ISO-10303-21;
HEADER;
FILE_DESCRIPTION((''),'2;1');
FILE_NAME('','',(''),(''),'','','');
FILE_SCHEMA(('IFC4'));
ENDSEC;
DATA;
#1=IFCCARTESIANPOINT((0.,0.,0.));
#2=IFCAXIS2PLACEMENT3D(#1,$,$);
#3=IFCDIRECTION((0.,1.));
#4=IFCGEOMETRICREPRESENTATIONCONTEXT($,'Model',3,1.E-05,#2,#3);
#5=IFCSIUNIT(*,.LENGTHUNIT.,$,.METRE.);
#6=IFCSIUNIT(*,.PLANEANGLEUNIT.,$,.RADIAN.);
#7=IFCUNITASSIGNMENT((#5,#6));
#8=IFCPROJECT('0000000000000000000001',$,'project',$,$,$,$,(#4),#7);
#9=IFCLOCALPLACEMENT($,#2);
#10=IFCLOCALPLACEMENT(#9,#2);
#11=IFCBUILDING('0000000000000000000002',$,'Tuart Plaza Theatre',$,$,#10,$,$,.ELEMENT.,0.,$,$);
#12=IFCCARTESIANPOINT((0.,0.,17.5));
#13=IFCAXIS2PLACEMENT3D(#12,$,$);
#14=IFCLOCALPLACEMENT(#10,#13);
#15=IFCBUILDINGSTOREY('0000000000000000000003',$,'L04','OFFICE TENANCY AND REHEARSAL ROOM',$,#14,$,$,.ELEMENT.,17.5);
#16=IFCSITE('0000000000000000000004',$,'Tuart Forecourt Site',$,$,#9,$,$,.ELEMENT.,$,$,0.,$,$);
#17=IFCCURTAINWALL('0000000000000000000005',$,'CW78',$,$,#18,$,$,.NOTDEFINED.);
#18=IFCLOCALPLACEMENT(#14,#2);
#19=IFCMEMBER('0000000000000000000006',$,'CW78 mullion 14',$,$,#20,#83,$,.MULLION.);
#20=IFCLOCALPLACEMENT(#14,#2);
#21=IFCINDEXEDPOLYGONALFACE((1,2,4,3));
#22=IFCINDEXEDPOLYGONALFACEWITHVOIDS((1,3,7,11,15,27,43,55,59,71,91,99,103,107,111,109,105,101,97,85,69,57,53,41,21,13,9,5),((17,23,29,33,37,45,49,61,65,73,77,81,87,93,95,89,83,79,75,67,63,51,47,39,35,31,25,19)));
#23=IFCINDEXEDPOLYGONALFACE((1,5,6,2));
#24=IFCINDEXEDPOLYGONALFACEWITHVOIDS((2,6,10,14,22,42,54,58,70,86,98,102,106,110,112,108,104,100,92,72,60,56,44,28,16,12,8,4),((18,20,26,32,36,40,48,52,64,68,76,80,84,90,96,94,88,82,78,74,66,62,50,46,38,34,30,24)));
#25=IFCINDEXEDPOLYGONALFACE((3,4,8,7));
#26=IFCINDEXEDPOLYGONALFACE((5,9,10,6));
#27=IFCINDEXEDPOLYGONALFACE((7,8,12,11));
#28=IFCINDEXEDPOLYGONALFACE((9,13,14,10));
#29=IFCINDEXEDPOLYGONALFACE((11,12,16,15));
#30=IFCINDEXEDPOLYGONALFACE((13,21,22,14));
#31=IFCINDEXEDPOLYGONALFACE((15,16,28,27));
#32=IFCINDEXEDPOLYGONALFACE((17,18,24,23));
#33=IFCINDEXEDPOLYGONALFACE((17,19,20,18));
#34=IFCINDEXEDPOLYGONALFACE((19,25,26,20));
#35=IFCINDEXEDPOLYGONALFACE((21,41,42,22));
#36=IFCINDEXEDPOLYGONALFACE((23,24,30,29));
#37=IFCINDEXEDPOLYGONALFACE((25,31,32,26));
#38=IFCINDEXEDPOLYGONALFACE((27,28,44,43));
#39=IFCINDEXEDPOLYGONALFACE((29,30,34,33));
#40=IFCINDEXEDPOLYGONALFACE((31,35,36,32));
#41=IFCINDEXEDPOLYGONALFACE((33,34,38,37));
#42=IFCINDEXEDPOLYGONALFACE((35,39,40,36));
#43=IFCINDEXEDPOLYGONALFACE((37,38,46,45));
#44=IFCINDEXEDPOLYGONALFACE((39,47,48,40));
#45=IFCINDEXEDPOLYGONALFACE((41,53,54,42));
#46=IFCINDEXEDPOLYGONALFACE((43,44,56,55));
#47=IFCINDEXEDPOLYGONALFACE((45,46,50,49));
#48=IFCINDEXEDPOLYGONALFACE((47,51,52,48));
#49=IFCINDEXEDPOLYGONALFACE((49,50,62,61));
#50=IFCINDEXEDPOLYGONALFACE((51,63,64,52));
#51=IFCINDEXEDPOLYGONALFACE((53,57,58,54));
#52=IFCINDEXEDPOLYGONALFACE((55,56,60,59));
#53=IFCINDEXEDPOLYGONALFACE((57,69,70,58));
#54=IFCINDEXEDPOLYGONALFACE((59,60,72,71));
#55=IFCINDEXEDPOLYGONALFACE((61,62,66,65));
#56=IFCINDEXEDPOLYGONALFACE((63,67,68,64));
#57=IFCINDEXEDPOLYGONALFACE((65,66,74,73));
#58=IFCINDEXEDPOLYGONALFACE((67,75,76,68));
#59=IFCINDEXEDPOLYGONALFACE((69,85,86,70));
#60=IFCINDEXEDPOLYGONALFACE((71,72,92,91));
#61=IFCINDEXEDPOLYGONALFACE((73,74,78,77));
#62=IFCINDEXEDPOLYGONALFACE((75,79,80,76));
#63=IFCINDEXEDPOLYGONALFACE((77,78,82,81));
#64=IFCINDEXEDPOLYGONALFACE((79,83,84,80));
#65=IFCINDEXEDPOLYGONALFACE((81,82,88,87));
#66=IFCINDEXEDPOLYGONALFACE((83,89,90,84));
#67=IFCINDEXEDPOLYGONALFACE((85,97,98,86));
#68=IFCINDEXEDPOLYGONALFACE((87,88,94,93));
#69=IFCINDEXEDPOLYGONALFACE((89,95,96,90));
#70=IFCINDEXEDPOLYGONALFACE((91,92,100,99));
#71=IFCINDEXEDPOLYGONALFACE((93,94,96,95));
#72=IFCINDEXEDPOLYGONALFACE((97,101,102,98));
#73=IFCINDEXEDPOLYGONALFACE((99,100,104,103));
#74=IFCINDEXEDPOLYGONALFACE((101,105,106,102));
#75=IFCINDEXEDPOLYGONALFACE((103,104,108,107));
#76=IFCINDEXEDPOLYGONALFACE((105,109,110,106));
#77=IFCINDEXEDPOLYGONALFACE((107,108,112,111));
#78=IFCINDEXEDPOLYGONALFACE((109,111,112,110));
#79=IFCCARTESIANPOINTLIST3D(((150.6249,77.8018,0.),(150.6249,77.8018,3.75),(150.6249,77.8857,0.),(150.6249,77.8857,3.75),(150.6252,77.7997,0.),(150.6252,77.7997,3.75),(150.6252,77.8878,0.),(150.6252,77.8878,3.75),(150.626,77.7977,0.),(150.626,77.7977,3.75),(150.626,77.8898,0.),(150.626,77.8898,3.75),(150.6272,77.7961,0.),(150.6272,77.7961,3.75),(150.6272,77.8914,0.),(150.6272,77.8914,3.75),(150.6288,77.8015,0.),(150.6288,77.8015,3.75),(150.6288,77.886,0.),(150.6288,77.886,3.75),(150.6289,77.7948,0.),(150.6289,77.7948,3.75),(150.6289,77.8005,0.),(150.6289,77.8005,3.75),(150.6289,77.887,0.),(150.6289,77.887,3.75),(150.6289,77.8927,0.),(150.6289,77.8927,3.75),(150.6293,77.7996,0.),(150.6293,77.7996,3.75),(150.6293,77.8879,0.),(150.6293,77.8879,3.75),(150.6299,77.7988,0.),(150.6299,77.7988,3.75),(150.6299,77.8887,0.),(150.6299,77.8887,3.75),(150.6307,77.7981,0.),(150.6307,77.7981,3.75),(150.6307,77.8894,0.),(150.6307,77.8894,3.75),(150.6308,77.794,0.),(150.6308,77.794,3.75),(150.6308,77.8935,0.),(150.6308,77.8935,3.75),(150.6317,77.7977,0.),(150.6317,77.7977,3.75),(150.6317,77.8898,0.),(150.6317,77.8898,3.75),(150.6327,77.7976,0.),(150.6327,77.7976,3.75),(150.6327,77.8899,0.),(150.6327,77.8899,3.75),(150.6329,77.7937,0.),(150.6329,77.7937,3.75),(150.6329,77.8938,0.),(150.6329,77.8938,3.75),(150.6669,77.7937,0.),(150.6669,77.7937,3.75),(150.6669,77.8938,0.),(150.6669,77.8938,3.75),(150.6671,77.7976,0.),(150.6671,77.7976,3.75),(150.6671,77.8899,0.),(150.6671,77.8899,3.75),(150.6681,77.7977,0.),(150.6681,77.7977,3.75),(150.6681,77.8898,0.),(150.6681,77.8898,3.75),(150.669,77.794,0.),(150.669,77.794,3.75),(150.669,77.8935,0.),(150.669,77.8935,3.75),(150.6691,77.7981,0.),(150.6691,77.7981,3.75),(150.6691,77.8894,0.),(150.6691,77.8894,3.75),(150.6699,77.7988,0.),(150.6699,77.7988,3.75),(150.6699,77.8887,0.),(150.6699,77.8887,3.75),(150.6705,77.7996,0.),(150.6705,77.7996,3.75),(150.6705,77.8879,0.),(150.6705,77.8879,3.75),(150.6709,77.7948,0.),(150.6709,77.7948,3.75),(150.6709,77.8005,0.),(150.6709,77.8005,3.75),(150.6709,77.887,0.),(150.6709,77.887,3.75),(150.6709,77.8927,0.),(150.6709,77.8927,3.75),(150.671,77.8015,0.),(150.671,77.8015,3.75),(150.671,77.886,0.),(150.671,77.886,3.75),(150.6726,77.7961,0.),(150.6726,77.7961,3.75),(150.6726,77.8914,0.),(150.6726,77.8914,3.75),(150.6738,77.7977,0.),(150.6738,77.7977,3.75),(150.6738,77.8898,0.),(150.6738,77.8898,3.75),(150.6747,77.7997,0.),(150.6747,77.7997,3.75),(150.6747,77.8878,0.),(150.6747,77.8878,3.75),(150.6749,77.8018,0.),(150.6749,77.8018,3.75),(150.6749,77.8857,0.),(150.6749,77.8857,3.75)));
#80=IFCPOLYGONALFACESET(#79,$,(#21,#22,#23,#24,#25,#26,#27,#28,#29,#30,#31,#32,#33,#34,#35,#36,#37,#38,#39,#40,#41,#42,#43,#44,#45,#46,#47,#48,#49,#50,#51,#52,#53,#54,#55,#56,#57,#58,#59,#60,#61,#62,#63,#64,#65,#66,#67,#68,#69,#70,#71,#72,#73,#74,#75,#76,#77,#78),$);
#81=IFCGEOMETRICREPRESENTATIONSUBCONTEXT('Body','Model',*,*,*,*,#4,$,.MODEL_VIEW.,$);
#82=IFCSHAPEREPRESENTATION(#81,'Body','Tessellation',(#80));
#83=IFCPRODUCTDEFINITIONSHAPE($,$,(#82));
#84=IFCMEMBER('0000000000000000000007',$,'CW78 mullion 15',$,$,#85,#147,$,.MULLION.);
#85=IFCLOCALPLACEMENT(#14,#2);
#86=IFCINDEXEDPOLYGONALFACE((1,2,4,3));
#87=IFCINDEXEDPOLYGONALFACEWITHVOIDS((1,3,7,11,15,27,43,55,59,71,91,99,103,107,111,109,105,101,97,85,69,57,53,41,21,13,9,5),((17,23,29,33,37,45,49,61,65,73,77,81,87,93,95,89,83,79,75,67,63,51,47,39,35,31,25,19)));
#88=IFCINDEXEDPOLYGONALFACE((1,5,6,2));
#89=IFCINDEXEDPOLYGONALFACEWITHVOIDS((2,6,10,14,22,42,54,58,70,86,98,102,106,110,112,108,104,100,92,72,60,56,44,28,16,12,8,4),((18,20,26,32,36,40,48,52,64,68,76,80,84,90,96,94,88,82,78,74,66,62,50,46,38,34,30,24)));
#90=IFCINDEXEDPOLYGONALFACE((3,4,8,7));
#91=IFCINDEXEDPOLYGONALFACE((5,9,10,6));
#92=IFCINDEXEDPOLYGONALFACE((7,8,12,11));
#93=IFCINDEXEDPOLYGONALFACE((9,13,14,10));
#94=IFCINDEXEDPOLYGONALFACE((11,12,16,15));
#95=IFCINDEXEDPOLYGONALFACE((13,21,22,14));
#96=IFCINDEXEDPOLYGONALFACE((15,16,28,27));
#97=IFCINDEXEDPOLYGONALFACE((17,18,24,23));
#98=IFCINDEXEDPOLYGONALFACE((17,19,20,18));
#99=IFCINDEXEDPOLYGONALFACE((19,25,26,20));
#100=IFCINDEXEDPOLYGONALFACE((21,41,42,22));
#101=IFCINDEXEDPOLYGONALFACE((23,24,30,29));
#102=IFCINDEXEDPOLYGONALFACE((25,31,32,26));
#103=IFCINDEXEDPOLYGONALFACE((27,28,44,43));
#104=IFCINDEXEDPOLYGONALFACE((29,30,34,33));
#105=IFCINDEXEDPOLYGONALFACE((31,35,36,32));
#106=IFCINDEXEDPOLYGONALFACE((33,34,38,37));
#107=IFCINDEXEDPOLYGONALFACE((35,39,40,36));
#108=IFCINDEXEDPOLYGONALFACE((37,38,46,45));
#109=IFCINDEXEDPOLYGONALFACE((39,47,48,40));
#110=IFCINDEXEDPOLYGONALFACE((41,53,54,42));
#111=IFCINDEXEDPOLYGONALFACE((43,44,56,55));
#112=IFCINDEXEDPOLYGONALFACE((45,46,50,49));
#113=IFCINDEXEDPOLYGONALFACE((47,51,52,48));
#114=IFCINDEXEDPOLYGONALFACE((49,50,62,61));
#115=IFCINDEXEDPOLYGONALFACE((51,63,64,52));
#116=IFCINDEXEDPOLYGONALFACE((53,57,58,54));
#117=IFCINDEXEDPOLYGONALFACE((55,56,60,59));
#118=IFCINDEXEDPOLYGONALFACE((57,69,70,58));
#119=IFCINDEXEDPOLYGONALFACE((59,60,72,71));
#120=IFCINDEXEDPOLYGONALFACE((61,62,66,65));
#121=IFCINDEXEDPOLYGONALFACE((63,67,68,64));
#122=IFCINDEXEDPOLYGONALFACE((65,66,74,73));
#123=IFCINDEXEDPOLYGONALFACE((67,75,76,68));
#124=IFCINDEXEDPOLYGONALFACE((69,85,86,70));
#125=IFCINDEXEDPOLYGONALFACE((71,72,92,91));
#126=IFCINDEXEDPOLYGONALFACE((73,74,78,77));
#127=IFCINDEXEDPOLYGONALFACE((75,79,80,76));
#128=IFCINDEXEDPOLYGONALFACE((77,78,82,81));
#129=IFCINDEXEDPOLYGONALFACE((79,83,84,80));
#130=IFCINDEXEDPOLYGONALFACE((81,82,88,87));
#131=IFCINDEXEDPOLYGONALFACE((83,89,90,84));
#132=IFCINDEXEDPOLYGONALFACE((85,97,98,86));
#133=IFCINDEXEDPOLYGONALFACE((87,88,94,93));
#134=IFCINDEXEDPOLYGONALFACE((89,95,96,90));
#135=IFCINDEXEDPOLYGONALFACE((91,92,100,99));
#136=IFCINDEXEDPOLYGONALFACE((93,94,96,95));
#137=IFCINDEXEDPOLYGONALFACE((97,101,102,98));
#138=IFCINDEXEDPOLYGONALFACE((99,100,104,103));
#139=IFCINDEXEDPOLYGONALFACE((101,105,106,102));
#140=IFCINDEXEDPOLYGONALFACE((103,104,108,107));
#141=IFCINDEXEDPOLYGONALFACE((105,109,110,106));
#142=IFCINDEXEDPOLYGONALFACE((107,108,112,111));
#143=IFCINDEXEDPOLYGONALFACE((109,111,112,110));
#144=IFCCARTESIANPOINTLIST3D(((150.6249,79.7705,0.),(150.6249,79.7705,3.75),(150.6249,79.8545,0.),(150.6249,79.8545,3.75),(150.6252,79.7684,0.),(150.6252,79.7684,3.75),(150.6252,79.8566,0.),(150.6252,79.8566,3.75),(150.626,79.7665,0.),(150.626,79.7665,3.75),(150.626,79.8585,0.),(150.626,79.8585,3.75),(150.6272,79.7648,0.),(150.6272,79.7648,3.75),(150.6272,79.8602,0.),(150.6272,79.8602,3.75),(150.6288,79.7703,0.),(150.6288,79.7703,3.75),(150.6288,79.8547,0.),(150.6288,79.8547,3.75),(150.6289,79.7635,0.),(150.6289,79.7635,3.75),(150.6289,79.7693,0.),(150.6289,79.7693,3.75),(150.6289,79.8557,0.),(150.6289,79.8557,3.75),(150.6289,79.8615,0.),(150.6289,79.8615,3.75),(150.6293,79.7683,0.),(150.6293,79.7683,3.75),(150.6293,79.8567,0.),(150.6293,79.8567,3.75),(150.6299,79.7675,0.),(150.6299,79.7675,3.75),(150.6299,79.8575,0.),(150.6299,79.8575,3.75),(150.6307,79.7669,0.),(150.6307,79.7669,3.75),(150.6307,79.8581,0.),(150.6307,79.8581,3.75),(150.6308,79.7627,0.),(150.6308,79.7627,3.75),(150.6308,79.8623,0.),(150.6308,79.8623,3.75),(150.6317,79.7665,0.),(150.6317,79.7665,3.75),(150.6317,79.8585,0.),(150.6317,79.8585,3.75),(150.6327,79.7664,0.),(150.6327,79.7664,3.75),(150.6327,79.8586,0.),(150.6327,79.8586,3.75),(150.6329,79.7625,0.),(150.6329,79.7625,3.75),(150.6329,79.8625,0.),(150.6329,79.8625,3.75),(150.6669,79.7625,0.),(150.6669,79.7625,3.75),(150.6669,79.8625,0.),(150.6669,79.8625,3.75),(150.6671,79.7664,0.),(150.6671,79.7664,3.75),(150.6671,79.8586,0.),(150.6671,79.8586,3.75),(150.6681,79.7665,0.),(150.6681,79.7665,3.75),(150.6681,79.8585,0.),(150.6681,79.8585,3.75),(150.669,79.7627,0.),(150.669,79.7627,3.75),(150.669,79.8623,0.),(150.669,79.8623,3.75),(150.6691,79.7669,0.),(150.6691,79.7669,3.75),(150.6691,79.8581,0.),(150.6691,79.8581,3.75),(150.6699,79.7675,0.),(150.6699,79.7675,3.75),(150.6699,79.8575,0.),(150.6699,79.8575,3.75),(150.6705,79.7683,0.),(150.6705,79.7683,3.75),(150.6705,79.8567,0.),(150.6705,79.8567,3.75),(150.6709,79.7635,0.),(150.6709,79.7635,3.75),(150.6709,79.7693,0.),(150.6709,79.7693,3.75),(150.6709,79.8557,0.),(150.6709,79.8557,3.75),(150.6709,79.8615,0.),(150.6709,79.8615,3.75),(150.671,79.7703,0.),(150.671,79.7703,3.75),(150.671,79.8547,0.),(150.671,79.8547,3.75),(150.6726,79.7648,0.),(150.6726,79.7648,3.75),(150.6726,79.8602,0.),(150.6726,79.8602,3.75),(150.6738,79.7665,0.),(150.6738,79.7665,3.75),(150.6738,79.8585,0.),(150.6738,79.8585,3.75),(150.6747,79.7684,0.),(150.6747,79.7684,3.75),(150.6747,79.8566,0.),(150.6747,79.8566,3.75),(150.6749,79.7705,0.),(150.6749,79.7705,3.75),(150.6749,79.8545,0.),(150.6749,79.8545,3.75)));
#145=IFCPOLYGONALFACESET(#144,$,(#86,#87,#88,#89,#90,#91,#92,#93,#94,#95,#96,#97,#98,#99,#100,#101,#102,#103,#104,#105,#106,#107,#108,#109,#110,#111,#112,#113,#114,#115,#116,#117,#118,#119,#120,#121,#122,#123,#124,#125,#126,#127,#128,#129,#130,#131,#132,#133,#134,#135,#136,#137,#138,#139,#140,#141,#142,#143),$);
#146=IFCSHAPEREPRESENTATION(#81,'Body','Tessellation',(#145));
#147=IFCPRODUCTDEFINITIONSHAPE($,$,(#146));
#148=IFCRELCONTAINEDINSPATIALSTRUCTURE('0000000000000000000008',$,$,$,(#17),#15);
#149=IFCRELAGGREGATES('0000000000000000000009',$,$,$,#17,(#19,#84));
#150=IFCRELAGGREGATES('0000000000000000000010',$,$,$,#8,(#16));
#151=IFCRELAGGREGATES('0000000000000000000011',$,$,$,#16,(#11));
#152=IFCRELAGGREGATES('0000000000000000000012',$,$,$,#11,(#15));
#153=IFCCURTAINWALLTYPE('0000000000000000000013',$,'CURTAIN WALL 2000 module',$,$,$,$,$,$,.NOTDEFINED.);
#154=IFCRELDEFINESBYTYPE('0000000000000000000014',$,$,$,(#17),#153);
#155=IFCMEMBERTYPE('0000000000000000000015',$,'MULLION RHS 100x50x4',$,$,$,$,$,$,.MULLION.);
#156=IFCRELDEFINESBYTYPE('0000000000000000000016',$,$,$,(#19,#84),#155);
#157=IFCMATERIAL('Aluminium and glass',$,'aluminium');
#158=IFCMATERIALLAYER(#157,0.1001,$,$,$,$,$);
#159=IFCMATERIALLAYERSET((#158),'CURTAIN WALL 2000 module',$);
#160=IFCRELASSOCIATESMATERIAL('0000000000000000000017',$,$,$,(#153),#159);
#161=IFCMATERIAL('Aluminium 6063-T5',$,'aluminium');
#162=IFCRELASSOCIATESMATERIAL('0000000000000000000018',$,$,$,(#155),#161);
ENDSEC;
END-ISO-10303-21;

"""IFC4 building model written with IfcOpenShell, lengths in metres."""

from ifc_helpers import new_model, si_unit, direction, frame, origin, origin_2d, place, context, subcontext, project, spatial, hollow_rectangle, extrude, material, layer, layer_set, material_profile, profile_set, type_object, element, aggregate, save


model = new_model("IFC4")

# Units and contexts
model_context = context("Model", 3, precision=1e-05, world=origin(), true_north=direction((0.0, 1.0)))
body_context = subcontext(model_context, "Body", "Model", "MODEL_VIEW")
ifc_project = project(units=[si_unit("LENGTHUNIT", "METRE"), si_unit("PLANEANGLEUNIT", "RADIAN")], contexts=[model_context])

# Site, building, storey
site_placement = place(None, origin())
site = spatial("IfcSite", under=ifc_project, at=site_placement, Name="Tuart Forecourt Site", CompositionType="ELEMENT", RefElevation=0.0)
building_placement = place(site_placement, origin())
building = spatial("IfcBuilding", under=site, at=building_placement, Name="Tuart Plaza Theatre", CompositionType="ELEMENT", ElevationOfRefHeight=0.0)
storey_placement = place(building_placement, frame((0.0, 0.0, 17.5)))
storey = spatial("IfcBuildingStorey", under=building, at=storey_placement, Name="L04", Description="OFFICE TENANCY AND REHEARSAL ROOM", CompositionType="ELEMENT", Elevation=17.5)

# Curtain wall, members
ifc_material_1 = material(Name="Aluminium and glass", Category="aluminium")
ifc_layer_1 = layer(ifc_material_1, 0.1001)
ifc_layer_set_1 = layer_set([ifc_layer_1], Name="CURTAIN WALL 2000 module")
curtain_wall_type = type_object("IfcCurtainWallType", Name="CURTAIN WALL 2000 module", PredefinedType="NOTDEFINED", material=ifc_layer_set_1)
curtain_wall_1_placement = place(storey_placement, origin())
curtain_wall_1 = element("IfcCurtainWall", 1, at=curtain_wall_1_placement, inside=storey, type_object=curtain_wall_type, Name="CW78", PredefinedType="NOTDEFINED")
ifc_material_2 = material(Name="Aluminium 6063-T5", Category="aluminium")
ifc_material_profile_1 = material_profile(ifc_material_2, hollow_rectangle(XDim=0.05, YDim=0.1001, WallThickness=0.0039, InnerFilletRadius=0.0039, OuterFilletRadius=0.0081, at=origin_2d()), Name="RHS 100x50x4")
ifc_profile_set_1 = profile_set([ifc_material_profile_1], Name="Aluminium 6063-T5")
member_type_1 = type_object("IfcMemberType", Name="MULLION RHS 100x50x4", PredefinedType="MULLION", material=ifc_profile_set_1)
member_1_placement = place(storey_placement, frame((150.6499, 77.8438, 0.0), z_axis=(0.0, 0.0, 1.0), x_axis=(-1.0, 0.0, 0.0)))
member_1 = element("IfcMember", 2, at=member_1_placement, type_object=member_type_1, Name="CW78 mullion 14", PredefinedType="MULLION", context=body_context, shape_type="SweptSolid", body=[
    extrude(hollow_rectangle(XDim=0.05, YDim=0.1001, WallThickness=0.0039, InnerFilletRadius=0.0039, OuterFilletRadius=0.0081, at=origin_2d()), origin(), (0.0, 0.0, 1.0), 3.75),
])
member_2_placement = place(storey_placement, frame((150.6499, 79.8125, 0.0), z_axis=(0.0, 0.0, 1.0), x_axis=(-1.0, 0.0, 0.0)))
member_2 = element("IfcMember", 3, at=member_2_placement, type_object=member_type_1, Name="CW78 mullion 15", PredefinedType="MULLION", context=body_context, shape_type="SweptSolid", body=[
    extrude(hollow_rectangle(XDim=0.05, YDim=0.1001, WallThickness=0.0039, InnerFilletRadius=0.0039, OuterFilletRadius=0.0081, at=origin_2d()), origin(), (0.0, 0.0, 1.0), 3.75),
])

aggregate(curtain_wall_1, [member_1, member_2])

save(model, "model.ifc")
